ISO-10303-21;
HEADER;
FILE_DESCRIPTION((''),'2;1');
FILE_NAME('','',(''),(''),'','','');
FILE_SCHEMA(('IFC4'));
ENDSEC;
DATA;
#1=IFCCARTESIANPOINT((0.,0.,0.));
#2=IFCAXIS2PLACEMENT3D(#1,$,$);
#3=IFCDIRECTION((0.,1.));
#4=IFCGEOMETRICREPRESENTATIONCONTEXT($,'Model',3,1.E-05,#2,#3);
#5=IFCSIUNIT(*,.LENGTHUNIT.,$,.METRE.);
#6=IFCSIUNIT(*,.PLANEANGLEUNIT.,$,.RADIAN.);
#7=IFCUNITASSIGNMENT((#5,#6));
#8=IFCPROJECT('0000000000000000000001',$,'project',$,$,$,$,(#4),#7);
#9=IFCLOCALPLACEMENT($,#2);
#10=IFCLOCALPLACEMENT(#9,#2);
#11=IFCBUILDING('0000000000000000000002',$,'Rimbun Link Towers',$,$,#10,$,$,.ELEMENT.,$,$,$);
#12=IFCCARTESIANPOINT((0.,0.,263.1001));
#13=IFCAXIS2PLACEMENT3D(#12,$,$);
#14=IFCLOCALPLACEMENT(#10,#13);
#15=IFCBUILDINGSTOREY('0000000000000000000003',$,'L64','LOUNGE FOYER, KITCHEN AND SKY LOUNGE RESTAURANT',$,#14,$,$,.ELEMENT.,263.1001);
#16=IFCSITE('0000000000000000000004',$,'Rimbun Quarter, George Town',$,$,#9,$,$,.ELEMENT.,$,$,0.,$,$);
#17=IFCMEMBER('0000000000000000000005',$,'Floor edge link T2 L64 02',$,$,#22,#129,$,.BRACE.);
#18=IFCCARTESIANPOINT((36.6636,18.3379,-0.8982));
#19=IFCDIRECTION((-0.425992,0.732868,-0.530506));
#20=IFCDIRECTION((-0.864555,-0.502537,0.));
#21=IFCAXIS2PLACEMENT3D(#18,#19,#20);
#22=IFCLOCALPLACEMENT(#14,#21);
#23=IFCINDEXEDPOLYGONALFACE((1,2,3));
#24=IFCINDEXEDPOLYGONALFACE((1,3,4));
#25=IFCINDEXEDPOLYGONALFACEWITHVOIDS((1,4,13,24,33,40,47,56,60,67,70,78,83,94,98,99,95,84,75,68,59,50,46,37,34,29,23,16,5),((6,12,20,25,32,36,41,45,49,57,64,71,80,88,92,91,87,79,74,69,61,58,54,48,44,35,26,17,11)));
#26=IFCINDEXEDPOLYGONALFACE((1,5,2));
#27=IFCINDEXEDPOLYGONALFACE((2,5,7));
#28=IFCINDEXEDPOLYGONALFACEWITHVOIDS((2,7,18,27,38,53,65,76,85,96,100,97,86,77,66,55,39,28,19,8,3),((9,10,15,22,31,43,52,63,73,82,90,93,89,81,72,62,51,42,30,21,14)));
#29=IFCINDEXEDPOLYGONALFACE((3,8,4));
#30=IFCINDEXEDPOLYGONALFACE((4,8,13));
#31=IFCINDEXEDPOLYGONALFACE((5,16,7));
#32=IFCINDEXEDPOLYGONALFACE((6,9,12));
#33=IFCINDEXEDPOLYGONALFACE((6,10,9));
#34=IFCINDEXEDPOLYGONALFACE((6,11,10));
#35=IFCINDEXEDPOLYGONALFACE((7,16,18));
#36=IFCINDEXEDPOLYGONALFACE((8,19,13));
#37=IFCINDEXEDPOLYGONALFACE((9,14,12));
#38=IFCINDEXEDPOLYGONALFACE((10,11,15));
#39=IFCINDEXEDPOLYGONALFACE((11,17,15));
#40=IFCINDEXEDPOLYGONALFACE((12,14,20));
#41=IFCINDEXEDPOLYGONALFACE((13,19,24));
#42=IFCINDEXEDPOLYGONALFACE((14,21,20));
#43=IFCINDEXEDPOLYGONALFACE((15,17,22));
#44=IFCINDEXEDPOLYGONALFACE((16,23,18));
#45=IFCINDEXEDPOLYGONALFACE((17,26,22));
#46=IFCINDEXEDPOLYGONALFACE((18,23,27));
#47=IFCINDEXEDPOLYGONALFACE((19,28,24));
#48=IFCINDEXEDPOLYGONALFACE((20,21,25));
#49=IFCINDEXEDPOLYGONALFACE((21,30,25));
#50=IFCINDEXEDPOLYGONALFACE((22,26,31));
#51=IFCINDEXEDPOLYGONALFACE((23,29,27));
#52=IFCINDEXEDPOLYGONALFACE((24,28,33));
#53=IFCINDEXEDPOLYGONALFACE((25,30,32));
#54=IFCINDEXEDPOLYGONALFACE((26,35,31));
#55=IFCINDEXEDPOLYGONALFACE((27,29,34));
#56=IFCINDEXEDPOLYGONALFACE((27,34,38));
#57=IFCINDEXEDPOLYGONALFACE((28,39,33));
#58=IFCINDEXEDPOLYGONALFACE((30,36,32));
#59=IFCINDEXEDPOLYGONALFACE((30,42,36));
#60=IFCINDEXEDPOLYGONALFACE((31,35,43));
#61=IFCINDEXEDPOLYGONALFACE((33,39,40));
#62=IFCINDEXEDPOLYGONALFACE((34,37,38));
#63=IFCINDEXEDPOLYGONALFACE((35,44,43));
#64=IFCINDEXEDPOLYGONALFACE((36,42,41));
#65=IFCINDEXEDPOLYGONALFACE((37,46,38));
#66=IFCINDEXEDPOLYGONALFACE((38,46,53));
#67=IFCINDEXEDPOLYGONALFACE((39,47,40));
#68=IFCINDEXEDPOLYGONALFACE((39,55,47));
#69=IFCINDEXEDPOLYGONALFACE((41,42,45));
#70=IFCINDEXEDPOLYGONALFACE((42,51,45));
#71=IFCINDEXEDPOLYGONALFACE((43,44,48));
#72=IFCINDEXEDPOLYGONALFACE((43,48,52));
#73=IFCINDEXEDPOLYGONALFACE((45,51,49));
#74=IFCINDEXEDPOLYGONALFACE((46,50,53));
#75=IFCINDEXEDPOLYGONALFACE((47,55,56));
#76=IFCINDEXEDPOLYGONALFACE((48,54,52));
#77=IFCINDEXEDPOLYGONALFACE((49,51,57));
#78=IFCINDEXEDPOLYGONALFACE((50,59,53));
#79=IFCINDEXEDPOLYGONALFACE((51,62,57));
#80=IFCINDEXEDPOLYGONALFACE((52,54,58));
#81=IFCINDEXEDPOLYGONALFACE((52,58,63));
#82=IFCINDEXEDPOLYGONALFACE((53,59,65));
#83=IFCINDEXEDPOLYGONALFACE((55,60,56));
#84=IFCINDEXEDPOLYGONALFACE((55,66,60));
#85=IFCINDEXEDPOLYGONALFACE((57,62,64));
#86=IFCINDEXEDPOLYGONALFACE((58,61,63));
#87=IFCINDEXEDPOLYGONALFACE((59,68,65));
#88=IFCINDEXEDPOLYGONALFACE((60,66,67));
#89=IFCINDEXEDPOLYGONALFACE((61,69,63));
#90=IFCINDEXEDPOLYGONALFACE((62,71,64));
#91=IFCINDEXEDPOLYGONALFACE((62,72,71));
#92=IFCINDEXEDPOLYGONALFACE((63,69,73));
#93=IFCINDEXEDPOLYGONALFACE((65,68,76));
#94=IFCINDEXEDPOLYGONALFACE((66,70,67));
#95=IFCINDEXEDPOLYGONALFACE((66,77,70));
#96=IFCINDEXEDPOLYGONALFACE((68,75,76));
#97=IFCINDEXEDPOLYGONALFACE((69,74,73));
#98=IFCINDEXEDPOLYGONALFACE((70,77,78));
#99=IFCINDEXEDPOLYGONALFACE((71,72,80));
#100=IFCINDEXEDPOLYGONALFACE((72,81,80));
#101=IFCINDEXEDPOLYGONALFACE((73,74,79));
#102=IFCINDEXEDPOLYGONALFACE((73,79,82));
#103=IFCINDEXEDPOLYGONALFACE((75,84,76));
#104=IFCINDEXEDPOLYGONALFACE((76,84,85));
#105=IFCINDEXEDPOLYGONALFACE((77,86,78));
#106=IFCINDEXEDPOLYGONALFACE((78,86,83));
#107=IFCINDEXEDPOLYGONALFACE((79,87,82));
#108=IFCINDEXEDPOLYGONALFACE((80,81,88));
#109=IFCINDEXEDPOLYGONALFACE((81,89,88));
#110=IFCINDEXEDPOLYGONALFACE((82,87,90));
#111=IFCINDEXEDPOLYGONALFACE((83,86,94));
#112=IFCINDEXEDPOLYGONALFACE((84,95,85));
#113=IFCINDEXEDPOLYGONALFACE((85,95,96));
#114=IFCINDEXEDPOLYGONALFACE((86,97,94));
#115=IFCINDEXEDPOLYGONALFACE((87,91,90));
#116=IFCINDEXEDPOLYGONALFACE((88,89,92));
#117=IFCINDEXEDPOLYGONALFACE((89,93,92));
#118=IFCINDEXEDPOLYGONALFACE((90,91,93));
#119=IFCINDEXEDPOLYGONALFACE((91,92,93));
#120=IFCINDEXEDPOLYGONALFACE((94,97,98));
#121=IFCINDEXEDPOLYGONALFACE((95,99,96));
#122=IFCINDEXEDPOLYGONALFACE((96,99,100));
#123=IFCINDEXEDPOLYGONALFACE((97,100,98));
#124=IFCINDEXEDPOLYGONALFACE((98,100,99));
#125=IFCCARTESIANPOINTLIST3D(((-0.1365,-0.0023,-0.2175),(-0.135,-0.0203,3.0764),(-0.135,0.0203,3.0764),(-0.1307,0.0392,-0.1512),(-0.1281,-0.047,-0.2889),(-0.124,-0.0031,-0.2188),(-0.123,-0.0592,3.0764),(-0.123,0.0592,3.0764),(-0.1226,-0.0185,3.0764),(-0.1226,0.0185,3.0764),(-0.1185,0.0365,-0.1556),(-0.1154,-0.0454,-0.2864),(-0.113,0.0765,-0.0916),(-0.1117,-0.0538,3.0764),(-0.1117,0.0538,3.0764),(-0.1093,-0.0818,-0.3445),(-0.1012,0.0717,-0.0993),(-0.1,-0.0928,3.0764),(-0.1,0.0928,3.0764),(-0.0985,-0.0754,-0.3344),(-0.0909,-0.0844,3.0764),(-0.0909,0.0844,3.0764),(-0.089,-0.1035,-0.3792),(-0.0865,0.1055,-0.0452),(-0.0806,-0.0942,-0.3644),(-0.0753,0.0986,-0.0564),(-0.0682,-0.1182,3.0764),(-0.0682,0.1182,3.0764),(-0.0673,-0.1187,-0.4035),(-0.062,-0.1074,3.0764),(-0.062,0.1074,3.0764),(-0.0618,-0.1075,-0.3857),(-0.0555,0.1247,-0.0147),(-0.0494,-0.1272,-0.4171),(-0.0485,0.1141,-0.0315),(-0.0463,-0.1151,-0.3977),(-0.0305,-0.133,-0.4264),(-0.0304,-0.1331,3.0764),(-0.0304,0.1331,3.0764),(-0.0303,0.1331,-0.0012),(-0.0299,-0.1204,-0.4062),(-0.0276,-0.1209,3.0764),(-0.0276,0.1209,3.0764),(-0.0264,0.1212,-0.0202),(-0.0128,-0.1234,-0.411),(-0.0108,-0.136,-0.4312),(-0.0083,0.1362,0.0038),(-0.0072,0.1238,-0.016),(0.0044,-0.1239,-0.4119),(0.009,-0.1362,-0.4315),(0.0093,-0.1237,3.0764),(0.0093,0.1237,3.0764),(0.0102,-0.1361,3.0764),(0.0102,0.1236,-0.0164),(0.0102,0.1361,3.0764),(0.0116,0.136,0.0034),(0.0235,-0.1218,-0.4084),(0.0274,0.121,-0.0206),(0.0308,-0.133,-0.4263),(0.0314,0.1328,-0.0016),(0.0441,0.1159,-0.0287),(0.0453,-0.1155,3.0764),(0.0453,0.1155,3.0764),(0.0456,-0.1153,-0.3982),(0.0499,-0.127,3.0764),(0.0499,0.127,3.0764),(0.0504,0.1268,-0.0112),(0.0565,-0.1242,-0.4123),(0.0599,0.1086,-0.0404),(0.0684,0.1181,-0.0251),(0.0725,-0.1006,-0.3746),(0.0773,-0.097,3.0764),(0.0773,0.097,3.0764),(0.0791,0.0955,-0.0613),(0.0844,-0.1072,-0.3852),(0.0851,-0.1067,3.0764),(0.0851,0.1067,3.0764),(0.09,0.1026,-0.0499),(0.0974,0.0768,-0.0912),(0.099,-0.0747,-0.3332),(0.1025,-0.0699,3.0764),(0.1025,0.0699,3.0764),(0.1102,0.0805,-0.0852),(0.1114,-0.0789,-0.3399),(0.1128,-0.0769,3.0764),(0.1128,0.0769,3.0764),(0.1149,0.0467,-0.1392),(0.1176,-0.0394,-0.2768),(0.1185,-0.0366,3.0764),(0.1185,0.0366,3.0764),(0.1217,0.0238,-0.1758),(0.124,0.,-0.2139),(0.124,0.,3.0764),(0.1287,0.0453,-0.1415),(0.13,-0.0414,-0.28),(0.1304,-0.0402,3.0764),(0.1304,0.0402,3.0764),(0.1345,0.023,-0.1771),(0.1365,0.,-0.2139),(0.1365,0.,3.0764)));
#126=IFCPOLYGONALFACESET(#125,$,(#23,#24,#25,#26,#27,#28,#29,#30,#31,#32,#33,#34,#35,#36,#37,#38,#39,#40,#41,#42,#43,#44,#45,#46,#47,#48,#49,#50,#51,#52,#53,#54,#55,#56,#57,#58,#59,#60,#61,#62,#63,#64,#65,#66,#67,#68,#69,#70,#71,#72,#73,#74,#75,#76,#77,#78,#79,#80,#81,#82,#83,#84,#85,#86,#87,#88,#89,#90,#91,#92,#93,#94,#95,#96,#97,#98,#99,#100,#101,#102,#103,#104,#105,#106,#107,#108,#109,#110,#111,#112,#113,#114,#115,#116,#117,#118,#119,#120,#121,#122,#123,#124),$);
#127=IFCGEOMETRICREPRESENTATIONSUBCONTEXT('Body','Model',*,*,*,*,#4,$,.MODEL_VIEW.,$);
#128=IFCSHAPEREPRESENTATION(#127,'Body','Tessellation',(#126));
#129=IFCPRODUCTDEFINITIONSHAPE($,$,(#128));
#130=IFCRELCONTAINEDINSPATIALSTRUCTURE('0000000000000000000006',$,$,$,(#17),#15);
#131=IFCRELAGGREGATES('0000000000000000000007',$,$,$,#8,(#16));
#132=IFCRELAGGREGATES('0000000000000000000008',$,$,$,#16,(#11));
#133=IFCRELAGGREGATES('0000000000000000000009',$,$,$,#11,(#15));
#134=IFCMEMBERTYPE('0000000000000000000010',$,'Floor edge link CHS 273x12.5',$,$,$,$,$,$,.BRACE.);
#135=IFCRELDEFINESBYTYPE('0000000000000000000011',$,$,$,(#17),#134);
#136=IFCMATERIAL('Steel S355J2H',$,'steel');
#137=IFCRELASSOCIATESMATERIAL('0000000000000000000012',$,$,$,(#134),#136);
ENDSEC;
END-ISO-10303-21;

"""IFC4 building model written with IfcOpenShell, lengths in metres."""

from ifc_helpers import new_model, si_unit, direction, frame, origin, origin_2d, place, context, subcontext, project, spatial, hollow_circle, extrude, clip, halfspace, material, material_profile, profile_set, type_object, element, save


model = new_model("IFC4")

# Units and contexts
model_context = context("Model", 3, precision=1e-05, world=origin(), true_north=direction((0.0, 1.0)))
body_context = subcontext(model_context, "Body", "Model", "MODEL_VIEW")
ifc_project = project(units=[si_unit("LENGTHUNIT", "METRE"), si_unit("PLANEANGLEUNIT", "RADIAN")], contexts=[model_context])

# Site, building, storey
site_placement = place(None, origin())
site = spatial("IfcSite", under=ifc_project, at=site_placement, Name="Rimbun Quarter, George Town", CompositionType="ELEMENT", RefElevation=0.0)
building_placement = place(site_placement, origin())
building = spatial("IfcBuilding", under=site, at=building_placement, Name="Rimbun Link Towers", CompositionType="ELEMENT")
storey_placement = place(building_placement, frame((0.0, 0.0, 263.1001)))
storey = spatial("IfcBuildingStorey", under=building, at=storey_placement, Name="L64", Description="LOUNGE FOYER, KITCHEN AND SKY LOUNGE RESTAURANT", CompositionType="ELEMENT", Elevation=263.1001)

# Member
ifc_material_1 = material(Name="Steel S355J2H", Category="steel")
ifc_material_profile_1 = material_profile(ifc_material_1, hollow_circle(Radius=0.1365, WallThickness=0.0125, at=origin_2d()), Name="CHS 273x12.5")
ifc_profile_set_1 = profile_set([ifc_material_profile_1], Name="Steel S355J2H")
member_type_1 = type_object("IfcMemberType", Name="Floor edge link CHS 273x12.5", PredefinedType="BRACE", material=ifc_profile_set_1)
member_1_placement = place(storey_placement, frame((36.6636, 18.3379, -0.8982), z_axis=(-0.425992, 0.732868, -0.530506), x_axis=(-0.864555, -0.502537, 0.0)))
element("IfcMember", 1, at=member_1_placement, inside=storey, type_object=member_type_1, Name="Floor edge link T2 L64 02", PredefinedType="BRACE", context=body_context, shape_type="Clipping", body=[
    clip(extrude(hollow_circle(Radius=0.1365, WallThickness=0.0125, at=origin_2d()), frame((0.0, 0.0, -0.4551)), (0.0, 0.0, 1.0), 3.5315), halfspace(frame((0.0, 0.0, -0.2139), z_axis=(0.0, 0.847681, -0.530506)), False)),
])

save(model, "model.ifc")
